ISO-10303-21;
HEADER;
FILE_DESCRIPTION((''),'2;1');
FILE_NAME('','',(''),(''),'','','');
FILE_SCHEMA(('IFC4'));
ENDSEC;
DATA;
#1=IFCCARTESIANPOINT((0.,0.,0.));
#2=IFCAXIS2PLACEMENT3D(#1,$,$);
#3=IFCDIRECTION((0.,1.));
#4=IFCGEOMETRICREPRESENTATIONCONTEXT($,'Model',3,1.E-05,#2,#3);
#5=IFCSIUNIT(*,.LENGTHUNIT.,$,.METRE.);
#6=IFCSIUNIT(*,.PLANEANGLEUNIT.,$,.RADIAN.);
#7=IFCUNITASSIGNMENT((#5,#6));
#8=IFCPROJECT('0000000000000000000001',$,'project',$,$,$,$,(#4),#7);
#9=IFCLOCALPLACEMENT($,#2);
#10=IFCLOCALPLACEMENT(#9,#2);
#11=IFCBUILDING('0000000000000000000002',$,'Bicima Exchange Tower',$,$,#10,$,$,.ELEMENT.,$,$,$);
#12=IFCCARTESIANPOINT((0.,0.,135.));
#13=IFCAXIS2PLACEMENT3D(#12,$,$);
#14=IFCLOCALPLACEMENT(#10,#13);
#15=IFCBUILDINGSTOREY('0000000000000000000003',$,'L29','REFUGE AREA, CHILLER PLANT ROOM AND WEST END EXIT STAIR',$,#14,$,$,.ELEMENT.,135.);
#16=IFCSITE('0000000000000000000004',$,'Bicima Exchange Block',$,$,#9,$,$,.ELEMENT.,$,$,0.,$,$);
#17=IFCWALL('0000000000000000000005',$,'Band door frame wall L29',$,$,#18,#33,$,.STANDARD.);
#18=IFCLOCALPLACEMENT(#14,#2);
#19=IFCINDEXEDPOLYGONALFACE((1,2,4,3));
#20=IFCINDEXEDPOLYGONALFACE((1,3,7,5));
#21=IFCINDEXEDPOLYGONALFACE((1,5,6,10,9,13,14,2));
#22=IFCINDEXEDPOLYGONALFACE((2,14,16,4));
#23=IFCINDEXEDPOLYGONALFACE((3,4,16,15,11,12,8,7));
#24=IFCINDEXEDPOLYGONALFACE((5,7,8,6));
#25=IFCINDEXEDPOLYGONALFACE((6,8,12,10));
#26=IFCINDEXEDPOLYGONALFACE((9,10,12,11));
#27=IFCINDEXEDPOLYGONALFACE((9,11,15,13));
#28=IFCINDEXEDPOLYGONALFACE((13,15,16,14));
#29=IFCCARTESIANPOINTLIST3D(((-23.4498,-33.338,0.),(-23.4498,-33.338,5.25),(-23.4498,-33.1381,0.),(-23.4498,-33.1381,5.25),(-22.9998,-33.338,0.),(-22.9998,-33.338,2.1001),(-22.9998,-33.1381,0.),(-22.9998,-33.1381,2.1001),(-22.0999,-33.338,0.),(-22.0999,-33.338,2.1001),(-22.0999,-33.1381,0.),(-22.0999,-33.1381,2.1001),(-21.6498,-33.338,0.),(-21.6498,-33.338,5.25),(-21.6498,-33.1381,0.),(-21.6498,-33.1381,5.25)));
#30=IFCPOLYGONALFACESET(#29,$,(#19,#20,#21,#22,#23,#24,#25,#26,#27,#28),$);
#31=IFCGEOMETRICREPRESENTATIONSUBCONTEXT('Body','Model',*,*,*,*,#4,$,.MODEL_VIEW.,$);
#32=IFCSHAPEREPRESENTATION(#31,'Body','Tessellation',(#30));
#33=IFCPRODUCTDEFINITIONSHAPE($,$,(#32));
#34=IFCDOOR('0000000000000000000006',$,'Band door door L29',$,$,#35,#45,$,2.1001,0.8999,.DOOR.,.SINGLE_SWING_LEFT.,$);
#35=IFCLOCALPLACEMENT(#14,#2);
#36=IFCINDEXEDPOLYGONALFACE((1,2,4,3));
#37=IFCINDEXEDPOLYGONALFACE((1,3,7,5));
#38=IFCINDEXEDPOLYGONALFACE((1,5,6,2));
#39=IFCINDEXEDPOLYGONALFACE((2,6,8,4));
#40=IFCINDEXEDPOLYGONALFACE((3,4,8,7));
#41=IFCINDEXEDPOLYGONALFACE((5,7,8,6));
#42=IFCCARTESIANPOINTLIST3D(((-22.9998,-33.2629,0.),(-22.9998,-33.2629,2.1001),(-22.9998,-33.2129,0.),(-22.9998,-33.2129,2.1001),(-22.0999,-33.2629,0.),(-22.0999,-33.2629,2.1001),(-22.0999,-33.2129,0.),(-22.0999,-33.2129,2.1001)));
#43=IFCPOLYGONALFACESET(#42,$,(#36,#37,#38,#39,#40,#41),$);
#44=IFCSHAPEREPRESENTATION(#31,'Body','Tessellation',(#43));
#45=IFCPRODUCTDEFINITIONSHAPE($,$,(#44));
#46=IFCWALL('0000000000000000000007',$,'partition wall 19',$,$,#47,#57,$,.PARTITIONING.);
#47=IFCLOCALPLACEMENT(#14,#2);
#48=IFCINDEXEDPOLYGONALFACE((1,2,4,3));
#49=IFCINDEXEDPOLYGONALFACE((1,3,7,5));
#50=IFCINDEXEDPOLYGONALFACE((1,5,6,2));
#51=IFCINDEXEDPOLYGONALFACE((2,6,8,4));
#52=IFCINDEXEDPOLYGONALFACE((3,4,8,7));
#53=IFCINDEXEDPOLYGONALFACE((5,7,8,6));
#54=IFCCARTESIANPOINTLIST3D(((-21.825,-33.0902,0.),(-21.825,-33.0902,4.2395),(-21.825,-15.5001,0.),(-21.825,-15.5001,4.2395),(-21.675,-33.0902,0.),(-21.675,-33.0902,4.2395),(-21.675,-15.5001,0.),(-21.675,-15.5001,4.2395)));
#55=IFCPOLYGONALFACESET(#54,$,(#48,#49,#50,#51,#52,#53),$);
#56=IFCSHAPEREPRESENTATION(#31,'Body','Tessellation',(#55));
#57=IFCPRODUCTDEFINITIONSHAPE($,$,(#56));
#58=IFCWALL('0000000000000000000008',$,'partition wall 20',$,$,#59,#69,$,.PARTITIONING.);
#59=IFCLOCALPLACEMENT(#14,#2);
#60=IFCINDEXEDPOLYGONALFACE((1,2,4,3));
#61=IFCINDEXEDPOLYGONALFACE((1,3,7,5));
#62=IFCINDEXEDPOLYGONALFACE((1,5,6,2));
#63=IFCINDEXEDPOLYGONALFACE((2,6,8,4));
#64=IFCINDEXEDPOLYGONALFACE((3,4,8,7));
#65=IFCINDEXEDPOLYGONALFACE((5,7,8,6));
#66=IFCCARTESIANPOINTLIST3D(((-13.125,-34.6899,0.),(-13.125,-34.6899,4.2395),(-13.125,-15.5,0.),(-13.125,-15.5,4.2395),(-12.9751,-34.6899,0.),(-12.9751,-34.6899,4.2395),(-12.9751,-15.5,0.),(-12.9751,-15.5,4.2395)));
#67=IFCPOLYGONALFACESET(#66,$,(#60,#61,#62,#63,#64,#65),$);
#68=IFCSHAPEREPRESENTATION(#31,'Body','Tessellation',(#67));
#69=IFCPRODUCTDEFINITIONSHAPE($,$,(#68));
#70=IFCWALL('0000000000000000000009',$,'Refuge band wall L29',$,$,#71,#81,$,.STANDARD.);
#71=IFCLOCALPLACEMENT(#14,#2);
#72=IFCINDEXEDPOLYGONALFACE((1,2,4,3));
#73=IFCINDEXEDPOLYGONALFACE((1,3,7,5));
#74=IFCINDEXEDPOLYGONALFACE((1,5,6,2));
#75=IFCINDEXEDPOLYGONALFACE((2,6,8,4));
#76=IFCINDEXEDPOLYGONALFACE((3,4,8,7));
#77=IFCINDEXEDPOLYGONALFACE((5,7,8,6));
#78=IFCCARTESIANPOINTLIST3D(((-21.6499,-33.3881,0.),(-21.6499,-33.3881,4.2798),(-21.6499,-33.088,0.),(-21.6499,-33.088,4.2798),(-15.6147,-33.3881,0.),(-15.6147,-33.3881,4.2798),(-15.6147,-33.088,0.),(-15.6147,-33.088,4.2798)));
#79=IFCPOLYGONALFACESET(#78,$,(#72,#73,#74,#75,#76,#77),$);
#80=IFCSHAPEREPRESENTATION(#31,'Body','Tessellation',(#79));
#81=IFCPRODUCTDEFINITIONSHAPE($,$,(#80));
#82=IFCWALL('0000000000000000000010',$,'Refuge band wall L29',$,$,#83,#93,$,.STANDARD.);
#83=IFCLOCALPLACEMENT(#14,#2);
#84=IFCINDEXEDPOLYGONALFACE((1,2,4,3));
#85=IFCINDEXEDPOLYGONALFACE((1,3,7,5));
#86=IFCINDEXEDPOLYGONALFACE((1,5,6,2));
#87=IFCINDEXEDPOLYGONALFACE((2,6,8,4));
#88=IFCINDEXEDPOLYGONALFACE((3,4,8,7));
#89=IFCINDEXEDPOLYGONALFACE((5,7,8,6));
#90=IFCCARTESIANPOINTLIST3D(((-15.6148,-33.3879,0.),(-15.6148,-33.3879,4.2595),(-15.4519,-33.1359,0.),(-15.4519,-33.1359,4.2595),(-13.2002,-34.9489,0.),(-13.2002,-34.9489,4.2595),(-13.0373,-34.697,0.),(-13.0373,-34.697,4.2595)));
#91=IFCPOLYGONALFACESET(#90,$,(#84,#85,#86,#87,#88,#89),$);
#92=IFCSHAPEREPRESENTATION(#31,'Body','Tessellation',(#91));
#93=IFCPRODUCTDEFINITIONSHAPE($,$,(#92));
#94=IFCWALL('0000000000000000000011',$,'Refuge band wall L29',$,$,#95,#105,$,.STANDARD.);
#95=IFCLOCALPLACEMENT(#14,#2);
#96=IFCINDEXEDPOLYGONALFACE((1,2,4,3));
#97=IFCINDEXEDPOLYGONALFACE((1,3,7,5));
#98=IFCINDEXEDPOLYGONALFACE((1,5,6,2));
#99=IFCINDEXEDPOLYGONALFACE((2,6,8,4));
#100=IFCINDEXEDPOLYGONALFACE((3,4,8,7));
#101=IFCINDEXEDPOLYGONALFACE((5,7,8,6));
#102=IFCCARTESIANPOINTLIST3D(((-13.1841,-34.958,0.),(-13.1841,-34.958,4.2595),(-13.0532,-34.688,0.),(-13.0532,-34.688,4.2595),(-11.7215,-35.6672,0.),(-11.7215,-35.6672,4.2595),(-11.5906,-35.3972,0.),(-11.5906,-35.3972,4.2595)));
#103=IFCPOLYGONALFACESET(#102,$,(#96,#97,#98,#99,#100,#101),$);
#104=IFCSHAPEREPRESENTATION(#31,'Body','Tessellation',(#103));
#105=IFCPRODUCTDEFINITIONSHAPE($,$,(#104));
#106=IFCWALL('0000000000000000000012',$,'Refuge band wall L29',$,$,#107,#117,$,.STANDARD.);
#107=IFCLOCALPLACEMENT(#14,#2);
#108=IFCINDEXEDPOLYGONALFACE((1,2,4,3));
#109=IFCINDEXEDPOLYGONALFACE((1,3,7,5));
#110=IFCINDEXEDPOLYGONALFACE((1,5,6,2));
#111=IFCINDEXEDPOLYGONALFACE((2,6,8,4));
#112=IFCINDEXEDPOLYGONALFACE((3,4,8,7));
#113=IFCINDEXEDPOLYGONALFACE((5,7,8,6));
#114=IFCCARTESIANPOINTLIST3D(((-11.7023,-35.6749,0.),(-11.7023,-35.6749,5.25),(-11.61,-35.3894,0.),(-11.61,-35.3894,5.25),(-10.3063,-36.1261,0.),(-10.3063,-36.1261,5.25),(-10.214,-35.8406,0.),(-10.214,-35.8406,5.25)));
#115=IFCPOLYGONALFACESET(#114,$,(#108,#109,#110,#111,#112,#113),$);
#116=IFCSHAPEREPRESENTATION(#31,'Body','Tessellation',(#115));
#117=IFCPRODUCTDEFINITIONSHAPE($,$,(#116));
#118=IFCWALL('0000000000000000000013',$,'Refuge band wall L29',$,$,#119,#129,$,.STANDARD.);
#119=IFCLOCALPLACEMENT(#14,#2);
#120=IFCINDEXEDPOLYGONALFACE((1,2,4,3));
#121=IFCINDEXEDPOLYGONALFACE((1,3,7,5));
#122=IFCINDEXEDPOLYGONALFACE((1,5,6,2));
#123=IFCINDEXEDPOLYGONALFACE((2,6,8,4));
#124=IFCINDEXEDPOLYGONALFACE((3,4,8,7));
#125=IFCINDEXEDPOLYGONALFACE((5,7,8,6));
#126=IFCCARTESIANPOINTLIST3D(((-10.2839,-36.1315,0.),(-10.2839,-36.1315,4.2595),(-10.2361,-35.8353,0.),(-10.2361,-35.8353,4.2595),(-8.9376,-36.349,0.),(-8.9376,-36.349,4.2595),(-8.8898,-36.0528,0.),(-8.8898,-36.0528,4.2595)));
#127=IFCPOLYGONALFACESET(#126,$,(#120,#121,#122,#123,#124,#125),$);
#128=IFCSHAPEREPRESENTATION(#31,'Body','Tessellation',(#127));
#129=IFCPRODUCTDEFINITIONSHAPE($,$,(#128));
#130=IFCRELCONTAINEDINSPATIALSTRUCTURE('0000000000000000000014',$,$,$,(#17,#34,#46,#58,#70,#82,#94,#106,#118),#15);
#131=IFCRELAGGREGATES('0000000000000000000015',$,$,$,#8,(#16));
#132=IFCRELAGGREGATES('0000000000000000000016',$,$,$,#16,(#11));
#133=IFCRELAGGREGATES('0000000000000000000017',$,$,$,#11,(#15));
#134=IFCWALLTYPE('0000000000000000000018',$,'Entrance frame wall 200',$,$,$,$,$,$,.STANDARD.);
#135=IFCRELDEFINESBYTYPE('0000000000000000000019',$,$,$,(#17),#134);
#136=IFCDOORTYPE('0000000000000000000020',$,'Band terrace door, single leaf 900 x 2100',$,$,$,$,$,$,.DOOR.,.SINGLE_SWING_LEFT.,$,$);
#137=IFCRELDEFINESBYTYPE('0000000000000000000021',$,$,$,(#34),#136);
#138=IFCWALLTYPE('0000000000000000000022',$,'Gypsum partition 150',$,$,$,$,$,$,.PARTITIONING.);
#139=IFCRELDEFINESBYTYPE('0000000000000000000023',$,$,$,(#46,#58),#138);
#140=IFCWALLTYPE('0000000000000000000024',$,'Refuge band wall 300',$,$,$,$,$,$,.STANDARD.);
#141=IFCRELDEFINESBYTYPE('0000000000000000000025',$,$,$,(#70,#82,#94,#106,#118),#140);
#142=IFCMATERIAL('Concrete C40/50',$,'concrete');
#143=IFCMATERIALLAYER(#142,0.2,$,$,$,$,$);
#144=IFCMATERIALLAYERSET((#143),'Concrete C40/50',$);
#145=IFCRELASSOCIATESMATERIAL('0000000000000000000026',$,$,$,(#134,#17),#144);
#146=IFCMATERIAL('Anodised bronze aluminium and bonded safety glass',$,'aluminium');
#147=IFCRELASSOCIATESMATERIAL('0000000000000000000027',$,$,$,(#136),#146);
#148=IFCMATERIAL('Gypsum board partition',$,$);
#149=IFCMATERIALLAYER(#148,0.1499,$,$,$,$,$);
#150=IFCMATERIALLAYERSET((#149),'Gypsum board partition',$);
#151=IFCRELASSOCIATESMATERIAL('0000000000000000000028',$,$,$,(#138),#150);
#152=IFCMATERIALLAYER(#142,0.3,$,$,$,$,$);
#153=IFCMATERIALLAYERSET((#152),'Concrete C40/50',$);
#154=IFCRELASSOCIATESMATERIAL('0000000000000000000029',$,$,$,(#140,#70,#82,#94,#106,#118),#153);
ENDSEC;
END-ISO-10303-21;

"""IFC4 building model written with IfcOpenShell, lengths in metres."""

from ifc_helpers import new_model, si_unit, direction, frame, frame_2d, origin, place, context, subcontext, project, spatial, rectangle, extrude, material, layer, layer_set, layer_usage, type_object, element, fill, save


model = new_model("IFC4")

# Units and contexts
model_context = context("Model", 3, precision=1e-05, world=origin(), true_north=direction((0.0, 1.0)))
body_context = subcontext(model_context, "Body", "Model", "MODEL_VIEW")
ifc_project = project(units=[si_unit("LENGTHUNIT", "METRE"), si_unit("PLANEANGLEUNIT", "RADIAN")], contexts=[model_context])

# Site, building, storey
site_placement = place(None, origin())
site = spatial("IfcSite", under=ifc_project, at=site_placement, Name="Bicima Exchange Block", CompositionType="ELEMENT", RefElevation=0.0)
building_placement = place(site_placement, origin())
building = spatial("IfcBuilding", under=site, at=building_placement, Name="Bicima Exchange Tower", CompositionType="ELEMENT")
storey_placement = place(building_placement, frame((0.0, 0.0, 135.0)))
storey = spatial("IfcBuildingStorey", under=building, at=storey_placement, Name="L29", Description="REFUGE AREA, CHILLER PLANT ROOM AND WEST END EXIT STAIR", CompositionType="ELEMENT", Elevation=135.0)

# Wall, opening, door
ifc_material_1 = material(Name="Concrete C40/50", Category="concrete")
ifc_layer_1 = layer(ifc_material_1, 0.2)
ifc_layer_set_1 = layer_set([ifc_layer_1], Name="Concrete C40/50")
ifc_layer_usage_1 = layer_usage(ifc_layer_set_1, "AXIS2", "POSITIVE", -0.1)
wall_type_1 = type_object("IfcWallType", Name="Entrance frame wall 200", PredefinedType="STANDARD", material=ifc_layer_set_1)
wall_1_placement = place(storey_placement, frame((-21.6499, -33.238, 0.0), z_axis=(0.0, 0.0, 1.0), x_axis=(-1.0, 0.0, 0.0)))
wall_1 = element("IfcWall", 1, at=wall_1_placement, inside=storey, type_object=wall_type_1, material=ifc_layer_usage_1, Name="Band door frame wall L29", PredefinedType="STANDARD", context=body_context, shape_type="SweptSolid", body=[
    extrude(rectangle(XDim=1.8, YDim=0.2, at=frame_2d((0.8999, 0.0))), origin(), (0.0, 0.0, 1.0), 5.25),
])
opening_placement = place(wall_1_placement, frame((0.45, 0.0, 0.0)))
opening = element("IfcOpeningElement", 2, at=opening_placement, cuts=wall_1, PredefinedType="OPENING", context=body_context, shape_type="SweptSolid", body=[
    extrude(rectangle(XDim=0.8999, YDim=2.1001, at=frame_2d((0.45, 1.05))), frame((0.0, 0.1118, 0.0), z_axis=(0.0, -1.0, 0.0), x_axis=(1.0, 0.0, 0.0)), (0.0, 0.0, 1.0), 0.2239),
])
ifc_material_2 = material(Name="Anodised bronze aluminium and bonded safety glass", Category="aluminium")
door_type = type_object("IfcDoorType", Name="Band terrace door, single leaf 900 x 2100", OperationType="SINGLE_SWING_LEFT", PredefinedType="DOOR", material=ifc_material_2)
door_placement = place(opening_placement, origin())
door = element("IfcDoor", 3, at=door_placement, inside=storey, type_object=door_type, Name="Band door door L29", OperationType="SINGLE_SWING_LEFT", OverallHeight=2.1001, OverallWidth=0.8999, PredefinedType="DOOR", context=body_context, shape_type="SweptSolid", body=[
    extrude(rectangle(XDim=0.8999, YDim=2.1001, at=frame_2d((0.45, 1.05))), frame((0.0, 0.0249, 0.0), z_axis=(0.0, -1.0, 0.0), x_axis=(1.0, 0.0, 0.0)), (0.0, 0.0, 1.0), 0.05),
])
fill(opening, door)

# Walls
ifc_material_3 = material(Name="Gypsum board partition")
ifc_layer_2 = layer(ifc_material_3, 0.1499)
ifc_layer_set_2 = layer_set([ifc_layer_2], Name="Gypsum board partition")
wall_type_2 = type_object("IfcWallType", Name="Gypsum partition 150", PredefinedType="PARTITIONING", material=ifc_layer_set_2)
wall_2_placement = place(storey_placement, frame((-21.75, -33.0901, 0.0), z_axis=(0.0, 0.0, 1.0), x_axis=(0.0, 1.0, 0.0)))
element("IfcWall", 4, at=wall_2_placement, inside=storey, type_object=wall_type_2, Name="partition wall 19", PredefinedType="PARTITIONING", context=body_context, shape_type="SweptSolid", body=[
    extrude(rectangle(XDim=17.5901, YDim=0.1499, at=frame_2d((8.7949, 0.0))), origin(), (0.0, 0.0, 1.0), 4.2395),
])
wall_3_placement = place(storey_placement, frame((-13.05, -34.6899, 0.0), z_axis=(0.0, 0.0, 1.0), x_axis=(0.0, 1.0, 0.0)))
element("IfcWall", 5, at=wall_3_placement, inside=storey, type_object=wall_type_2, Name="partition wall 20", PredefinedType="PARTITIONING", context=body_context, shape_type="SweptSolid", body=[
    extrude(rectangle(XDim=19.1899, YDim=0.1499, at=frame_2d((9.595, 0.0))), origin(), (0.0, 0.0, 1.0), 4.2395),
])
ifc_layer_3 = layer(ifc_material_1, 0.3)
ifc_layer_set_3 = layer_set([ifc_layer_3], Name="Concrete C40/50")
ifc_layer_usage_2 = layer_usage(ifc_layer_set_3, "AXIS2", "POSITIVE", -0.15)
wall_type_3 = type_object("IfcWallType", Name="Refuge band wall 300", PredefinedType="STANDARD", material=ifc_layer_set_3)
wall_4_placement = place(storey_placement, frame((-21.6499, -33.238, 0.0), z_axis=(0.0, 0.0, 1.0), x_axis=(1.0, 0.0, 0.0)))
element("IfcWall", 6, at=wall_4_placement, inside=storey, type_object=wall_type_3, material=ifc_layer_usage_2, Name="Refuge band wall L29", PredefinedType="STANDARD", context=body_context, shape_type="SweptSolid", body=[
    extrude(rectangle(XDim=6.0352, YDim=0.3, at=frame_2d((3.0176, 0.0))), origin(), (0.0, 0.0, 1.0), 4.2798),
])
wall_5_placement = place(storey_placement, frame((-15.5332, -33.262, 0.0), z_axis=(0.0, 0.0, 1.0), x_axis=(0.83978, -0.542927, 0.0)))
element("IfcWall", 7, at=wall_5_placement, inside=storey, type_object=wall_type_3, material=ifc_layer_usage_2, Name="Refuge band wall L29", PredefinedType="STANDARD", context=body_context, shape_type="SweptSolid", body=[
    extrude(rectangle(XDim=2.8752, YDim=0.3, at=frame_2d((1.4375, 0.0))), origin(), (0.0, 0.0, 1.0), 4.2595),
])
wall_6_placement = place(storey_placement, frame((-13.1187, -34.823, 0.0), z_axis=(0.0, 0.0, 1.0), x_axis=(0.899798, -0.436307, 0.0)))
element("IfcWall", 8, at=wall_6_placement, inside=storey, type_object=wall_type_3, material=ifc_layer_usage_2, Name="Refuge band wall L29", PredefinedType="STANDARD", context=body_context, shape_type="SweptSolid", body=[
    extrude(rectangle(XDim=1.6255, YDim=0.3, at=frame_2d((0.8127, 0.0))), origin(), (0.0, 0.0, 1.0), 4.2595),
])
wall_7_placement = place(storey_placement, frame((-11.656, -35.5322, 0.0), z_axis=(0.0, 0.0, 1.0), x_axis=(0.951539, -0.307528, 0.0)))
element("IfcWall", 9, at=wall_7_placement, inside=storey, type_object=wall_type_3, material=ifc_layer_usage_2, Name="Refuge band wall L29", PredefinedType="STANDARD", context=body_context, shape_type="SweptSolid", body=[
    extrude(rectangle(XDim=1.467, YDim=0.3, at=frame_2d((0.7334, 0.0))), origin(), (0.0, 0.0, 1.0), 5.25),
])
wall_8_placement = place(storey_placement, frame((-10.26, -35.9834, 0.0), z_axis=(0.0, 0.0, 1.0), x_axis=(0.987195, -0.15952, 0.0)))
element("IfcWall", 10, at=wall_8_placement, inside=storey, type_object=wall_type_3, material=ifc_layer_usage_2, Name="Refuge band wall L29", PredefinedType="STANDARD", context=body_context, shape_type="SweptSolid", body=[
    extrude(rectangle(XDim=1.3638, YDim=0.3, at=frame_2d((0.6819, 0.0))), origin(), (0.0, 0.0, 1.0), 4.2595),
])

save(model, "model.ifc")
